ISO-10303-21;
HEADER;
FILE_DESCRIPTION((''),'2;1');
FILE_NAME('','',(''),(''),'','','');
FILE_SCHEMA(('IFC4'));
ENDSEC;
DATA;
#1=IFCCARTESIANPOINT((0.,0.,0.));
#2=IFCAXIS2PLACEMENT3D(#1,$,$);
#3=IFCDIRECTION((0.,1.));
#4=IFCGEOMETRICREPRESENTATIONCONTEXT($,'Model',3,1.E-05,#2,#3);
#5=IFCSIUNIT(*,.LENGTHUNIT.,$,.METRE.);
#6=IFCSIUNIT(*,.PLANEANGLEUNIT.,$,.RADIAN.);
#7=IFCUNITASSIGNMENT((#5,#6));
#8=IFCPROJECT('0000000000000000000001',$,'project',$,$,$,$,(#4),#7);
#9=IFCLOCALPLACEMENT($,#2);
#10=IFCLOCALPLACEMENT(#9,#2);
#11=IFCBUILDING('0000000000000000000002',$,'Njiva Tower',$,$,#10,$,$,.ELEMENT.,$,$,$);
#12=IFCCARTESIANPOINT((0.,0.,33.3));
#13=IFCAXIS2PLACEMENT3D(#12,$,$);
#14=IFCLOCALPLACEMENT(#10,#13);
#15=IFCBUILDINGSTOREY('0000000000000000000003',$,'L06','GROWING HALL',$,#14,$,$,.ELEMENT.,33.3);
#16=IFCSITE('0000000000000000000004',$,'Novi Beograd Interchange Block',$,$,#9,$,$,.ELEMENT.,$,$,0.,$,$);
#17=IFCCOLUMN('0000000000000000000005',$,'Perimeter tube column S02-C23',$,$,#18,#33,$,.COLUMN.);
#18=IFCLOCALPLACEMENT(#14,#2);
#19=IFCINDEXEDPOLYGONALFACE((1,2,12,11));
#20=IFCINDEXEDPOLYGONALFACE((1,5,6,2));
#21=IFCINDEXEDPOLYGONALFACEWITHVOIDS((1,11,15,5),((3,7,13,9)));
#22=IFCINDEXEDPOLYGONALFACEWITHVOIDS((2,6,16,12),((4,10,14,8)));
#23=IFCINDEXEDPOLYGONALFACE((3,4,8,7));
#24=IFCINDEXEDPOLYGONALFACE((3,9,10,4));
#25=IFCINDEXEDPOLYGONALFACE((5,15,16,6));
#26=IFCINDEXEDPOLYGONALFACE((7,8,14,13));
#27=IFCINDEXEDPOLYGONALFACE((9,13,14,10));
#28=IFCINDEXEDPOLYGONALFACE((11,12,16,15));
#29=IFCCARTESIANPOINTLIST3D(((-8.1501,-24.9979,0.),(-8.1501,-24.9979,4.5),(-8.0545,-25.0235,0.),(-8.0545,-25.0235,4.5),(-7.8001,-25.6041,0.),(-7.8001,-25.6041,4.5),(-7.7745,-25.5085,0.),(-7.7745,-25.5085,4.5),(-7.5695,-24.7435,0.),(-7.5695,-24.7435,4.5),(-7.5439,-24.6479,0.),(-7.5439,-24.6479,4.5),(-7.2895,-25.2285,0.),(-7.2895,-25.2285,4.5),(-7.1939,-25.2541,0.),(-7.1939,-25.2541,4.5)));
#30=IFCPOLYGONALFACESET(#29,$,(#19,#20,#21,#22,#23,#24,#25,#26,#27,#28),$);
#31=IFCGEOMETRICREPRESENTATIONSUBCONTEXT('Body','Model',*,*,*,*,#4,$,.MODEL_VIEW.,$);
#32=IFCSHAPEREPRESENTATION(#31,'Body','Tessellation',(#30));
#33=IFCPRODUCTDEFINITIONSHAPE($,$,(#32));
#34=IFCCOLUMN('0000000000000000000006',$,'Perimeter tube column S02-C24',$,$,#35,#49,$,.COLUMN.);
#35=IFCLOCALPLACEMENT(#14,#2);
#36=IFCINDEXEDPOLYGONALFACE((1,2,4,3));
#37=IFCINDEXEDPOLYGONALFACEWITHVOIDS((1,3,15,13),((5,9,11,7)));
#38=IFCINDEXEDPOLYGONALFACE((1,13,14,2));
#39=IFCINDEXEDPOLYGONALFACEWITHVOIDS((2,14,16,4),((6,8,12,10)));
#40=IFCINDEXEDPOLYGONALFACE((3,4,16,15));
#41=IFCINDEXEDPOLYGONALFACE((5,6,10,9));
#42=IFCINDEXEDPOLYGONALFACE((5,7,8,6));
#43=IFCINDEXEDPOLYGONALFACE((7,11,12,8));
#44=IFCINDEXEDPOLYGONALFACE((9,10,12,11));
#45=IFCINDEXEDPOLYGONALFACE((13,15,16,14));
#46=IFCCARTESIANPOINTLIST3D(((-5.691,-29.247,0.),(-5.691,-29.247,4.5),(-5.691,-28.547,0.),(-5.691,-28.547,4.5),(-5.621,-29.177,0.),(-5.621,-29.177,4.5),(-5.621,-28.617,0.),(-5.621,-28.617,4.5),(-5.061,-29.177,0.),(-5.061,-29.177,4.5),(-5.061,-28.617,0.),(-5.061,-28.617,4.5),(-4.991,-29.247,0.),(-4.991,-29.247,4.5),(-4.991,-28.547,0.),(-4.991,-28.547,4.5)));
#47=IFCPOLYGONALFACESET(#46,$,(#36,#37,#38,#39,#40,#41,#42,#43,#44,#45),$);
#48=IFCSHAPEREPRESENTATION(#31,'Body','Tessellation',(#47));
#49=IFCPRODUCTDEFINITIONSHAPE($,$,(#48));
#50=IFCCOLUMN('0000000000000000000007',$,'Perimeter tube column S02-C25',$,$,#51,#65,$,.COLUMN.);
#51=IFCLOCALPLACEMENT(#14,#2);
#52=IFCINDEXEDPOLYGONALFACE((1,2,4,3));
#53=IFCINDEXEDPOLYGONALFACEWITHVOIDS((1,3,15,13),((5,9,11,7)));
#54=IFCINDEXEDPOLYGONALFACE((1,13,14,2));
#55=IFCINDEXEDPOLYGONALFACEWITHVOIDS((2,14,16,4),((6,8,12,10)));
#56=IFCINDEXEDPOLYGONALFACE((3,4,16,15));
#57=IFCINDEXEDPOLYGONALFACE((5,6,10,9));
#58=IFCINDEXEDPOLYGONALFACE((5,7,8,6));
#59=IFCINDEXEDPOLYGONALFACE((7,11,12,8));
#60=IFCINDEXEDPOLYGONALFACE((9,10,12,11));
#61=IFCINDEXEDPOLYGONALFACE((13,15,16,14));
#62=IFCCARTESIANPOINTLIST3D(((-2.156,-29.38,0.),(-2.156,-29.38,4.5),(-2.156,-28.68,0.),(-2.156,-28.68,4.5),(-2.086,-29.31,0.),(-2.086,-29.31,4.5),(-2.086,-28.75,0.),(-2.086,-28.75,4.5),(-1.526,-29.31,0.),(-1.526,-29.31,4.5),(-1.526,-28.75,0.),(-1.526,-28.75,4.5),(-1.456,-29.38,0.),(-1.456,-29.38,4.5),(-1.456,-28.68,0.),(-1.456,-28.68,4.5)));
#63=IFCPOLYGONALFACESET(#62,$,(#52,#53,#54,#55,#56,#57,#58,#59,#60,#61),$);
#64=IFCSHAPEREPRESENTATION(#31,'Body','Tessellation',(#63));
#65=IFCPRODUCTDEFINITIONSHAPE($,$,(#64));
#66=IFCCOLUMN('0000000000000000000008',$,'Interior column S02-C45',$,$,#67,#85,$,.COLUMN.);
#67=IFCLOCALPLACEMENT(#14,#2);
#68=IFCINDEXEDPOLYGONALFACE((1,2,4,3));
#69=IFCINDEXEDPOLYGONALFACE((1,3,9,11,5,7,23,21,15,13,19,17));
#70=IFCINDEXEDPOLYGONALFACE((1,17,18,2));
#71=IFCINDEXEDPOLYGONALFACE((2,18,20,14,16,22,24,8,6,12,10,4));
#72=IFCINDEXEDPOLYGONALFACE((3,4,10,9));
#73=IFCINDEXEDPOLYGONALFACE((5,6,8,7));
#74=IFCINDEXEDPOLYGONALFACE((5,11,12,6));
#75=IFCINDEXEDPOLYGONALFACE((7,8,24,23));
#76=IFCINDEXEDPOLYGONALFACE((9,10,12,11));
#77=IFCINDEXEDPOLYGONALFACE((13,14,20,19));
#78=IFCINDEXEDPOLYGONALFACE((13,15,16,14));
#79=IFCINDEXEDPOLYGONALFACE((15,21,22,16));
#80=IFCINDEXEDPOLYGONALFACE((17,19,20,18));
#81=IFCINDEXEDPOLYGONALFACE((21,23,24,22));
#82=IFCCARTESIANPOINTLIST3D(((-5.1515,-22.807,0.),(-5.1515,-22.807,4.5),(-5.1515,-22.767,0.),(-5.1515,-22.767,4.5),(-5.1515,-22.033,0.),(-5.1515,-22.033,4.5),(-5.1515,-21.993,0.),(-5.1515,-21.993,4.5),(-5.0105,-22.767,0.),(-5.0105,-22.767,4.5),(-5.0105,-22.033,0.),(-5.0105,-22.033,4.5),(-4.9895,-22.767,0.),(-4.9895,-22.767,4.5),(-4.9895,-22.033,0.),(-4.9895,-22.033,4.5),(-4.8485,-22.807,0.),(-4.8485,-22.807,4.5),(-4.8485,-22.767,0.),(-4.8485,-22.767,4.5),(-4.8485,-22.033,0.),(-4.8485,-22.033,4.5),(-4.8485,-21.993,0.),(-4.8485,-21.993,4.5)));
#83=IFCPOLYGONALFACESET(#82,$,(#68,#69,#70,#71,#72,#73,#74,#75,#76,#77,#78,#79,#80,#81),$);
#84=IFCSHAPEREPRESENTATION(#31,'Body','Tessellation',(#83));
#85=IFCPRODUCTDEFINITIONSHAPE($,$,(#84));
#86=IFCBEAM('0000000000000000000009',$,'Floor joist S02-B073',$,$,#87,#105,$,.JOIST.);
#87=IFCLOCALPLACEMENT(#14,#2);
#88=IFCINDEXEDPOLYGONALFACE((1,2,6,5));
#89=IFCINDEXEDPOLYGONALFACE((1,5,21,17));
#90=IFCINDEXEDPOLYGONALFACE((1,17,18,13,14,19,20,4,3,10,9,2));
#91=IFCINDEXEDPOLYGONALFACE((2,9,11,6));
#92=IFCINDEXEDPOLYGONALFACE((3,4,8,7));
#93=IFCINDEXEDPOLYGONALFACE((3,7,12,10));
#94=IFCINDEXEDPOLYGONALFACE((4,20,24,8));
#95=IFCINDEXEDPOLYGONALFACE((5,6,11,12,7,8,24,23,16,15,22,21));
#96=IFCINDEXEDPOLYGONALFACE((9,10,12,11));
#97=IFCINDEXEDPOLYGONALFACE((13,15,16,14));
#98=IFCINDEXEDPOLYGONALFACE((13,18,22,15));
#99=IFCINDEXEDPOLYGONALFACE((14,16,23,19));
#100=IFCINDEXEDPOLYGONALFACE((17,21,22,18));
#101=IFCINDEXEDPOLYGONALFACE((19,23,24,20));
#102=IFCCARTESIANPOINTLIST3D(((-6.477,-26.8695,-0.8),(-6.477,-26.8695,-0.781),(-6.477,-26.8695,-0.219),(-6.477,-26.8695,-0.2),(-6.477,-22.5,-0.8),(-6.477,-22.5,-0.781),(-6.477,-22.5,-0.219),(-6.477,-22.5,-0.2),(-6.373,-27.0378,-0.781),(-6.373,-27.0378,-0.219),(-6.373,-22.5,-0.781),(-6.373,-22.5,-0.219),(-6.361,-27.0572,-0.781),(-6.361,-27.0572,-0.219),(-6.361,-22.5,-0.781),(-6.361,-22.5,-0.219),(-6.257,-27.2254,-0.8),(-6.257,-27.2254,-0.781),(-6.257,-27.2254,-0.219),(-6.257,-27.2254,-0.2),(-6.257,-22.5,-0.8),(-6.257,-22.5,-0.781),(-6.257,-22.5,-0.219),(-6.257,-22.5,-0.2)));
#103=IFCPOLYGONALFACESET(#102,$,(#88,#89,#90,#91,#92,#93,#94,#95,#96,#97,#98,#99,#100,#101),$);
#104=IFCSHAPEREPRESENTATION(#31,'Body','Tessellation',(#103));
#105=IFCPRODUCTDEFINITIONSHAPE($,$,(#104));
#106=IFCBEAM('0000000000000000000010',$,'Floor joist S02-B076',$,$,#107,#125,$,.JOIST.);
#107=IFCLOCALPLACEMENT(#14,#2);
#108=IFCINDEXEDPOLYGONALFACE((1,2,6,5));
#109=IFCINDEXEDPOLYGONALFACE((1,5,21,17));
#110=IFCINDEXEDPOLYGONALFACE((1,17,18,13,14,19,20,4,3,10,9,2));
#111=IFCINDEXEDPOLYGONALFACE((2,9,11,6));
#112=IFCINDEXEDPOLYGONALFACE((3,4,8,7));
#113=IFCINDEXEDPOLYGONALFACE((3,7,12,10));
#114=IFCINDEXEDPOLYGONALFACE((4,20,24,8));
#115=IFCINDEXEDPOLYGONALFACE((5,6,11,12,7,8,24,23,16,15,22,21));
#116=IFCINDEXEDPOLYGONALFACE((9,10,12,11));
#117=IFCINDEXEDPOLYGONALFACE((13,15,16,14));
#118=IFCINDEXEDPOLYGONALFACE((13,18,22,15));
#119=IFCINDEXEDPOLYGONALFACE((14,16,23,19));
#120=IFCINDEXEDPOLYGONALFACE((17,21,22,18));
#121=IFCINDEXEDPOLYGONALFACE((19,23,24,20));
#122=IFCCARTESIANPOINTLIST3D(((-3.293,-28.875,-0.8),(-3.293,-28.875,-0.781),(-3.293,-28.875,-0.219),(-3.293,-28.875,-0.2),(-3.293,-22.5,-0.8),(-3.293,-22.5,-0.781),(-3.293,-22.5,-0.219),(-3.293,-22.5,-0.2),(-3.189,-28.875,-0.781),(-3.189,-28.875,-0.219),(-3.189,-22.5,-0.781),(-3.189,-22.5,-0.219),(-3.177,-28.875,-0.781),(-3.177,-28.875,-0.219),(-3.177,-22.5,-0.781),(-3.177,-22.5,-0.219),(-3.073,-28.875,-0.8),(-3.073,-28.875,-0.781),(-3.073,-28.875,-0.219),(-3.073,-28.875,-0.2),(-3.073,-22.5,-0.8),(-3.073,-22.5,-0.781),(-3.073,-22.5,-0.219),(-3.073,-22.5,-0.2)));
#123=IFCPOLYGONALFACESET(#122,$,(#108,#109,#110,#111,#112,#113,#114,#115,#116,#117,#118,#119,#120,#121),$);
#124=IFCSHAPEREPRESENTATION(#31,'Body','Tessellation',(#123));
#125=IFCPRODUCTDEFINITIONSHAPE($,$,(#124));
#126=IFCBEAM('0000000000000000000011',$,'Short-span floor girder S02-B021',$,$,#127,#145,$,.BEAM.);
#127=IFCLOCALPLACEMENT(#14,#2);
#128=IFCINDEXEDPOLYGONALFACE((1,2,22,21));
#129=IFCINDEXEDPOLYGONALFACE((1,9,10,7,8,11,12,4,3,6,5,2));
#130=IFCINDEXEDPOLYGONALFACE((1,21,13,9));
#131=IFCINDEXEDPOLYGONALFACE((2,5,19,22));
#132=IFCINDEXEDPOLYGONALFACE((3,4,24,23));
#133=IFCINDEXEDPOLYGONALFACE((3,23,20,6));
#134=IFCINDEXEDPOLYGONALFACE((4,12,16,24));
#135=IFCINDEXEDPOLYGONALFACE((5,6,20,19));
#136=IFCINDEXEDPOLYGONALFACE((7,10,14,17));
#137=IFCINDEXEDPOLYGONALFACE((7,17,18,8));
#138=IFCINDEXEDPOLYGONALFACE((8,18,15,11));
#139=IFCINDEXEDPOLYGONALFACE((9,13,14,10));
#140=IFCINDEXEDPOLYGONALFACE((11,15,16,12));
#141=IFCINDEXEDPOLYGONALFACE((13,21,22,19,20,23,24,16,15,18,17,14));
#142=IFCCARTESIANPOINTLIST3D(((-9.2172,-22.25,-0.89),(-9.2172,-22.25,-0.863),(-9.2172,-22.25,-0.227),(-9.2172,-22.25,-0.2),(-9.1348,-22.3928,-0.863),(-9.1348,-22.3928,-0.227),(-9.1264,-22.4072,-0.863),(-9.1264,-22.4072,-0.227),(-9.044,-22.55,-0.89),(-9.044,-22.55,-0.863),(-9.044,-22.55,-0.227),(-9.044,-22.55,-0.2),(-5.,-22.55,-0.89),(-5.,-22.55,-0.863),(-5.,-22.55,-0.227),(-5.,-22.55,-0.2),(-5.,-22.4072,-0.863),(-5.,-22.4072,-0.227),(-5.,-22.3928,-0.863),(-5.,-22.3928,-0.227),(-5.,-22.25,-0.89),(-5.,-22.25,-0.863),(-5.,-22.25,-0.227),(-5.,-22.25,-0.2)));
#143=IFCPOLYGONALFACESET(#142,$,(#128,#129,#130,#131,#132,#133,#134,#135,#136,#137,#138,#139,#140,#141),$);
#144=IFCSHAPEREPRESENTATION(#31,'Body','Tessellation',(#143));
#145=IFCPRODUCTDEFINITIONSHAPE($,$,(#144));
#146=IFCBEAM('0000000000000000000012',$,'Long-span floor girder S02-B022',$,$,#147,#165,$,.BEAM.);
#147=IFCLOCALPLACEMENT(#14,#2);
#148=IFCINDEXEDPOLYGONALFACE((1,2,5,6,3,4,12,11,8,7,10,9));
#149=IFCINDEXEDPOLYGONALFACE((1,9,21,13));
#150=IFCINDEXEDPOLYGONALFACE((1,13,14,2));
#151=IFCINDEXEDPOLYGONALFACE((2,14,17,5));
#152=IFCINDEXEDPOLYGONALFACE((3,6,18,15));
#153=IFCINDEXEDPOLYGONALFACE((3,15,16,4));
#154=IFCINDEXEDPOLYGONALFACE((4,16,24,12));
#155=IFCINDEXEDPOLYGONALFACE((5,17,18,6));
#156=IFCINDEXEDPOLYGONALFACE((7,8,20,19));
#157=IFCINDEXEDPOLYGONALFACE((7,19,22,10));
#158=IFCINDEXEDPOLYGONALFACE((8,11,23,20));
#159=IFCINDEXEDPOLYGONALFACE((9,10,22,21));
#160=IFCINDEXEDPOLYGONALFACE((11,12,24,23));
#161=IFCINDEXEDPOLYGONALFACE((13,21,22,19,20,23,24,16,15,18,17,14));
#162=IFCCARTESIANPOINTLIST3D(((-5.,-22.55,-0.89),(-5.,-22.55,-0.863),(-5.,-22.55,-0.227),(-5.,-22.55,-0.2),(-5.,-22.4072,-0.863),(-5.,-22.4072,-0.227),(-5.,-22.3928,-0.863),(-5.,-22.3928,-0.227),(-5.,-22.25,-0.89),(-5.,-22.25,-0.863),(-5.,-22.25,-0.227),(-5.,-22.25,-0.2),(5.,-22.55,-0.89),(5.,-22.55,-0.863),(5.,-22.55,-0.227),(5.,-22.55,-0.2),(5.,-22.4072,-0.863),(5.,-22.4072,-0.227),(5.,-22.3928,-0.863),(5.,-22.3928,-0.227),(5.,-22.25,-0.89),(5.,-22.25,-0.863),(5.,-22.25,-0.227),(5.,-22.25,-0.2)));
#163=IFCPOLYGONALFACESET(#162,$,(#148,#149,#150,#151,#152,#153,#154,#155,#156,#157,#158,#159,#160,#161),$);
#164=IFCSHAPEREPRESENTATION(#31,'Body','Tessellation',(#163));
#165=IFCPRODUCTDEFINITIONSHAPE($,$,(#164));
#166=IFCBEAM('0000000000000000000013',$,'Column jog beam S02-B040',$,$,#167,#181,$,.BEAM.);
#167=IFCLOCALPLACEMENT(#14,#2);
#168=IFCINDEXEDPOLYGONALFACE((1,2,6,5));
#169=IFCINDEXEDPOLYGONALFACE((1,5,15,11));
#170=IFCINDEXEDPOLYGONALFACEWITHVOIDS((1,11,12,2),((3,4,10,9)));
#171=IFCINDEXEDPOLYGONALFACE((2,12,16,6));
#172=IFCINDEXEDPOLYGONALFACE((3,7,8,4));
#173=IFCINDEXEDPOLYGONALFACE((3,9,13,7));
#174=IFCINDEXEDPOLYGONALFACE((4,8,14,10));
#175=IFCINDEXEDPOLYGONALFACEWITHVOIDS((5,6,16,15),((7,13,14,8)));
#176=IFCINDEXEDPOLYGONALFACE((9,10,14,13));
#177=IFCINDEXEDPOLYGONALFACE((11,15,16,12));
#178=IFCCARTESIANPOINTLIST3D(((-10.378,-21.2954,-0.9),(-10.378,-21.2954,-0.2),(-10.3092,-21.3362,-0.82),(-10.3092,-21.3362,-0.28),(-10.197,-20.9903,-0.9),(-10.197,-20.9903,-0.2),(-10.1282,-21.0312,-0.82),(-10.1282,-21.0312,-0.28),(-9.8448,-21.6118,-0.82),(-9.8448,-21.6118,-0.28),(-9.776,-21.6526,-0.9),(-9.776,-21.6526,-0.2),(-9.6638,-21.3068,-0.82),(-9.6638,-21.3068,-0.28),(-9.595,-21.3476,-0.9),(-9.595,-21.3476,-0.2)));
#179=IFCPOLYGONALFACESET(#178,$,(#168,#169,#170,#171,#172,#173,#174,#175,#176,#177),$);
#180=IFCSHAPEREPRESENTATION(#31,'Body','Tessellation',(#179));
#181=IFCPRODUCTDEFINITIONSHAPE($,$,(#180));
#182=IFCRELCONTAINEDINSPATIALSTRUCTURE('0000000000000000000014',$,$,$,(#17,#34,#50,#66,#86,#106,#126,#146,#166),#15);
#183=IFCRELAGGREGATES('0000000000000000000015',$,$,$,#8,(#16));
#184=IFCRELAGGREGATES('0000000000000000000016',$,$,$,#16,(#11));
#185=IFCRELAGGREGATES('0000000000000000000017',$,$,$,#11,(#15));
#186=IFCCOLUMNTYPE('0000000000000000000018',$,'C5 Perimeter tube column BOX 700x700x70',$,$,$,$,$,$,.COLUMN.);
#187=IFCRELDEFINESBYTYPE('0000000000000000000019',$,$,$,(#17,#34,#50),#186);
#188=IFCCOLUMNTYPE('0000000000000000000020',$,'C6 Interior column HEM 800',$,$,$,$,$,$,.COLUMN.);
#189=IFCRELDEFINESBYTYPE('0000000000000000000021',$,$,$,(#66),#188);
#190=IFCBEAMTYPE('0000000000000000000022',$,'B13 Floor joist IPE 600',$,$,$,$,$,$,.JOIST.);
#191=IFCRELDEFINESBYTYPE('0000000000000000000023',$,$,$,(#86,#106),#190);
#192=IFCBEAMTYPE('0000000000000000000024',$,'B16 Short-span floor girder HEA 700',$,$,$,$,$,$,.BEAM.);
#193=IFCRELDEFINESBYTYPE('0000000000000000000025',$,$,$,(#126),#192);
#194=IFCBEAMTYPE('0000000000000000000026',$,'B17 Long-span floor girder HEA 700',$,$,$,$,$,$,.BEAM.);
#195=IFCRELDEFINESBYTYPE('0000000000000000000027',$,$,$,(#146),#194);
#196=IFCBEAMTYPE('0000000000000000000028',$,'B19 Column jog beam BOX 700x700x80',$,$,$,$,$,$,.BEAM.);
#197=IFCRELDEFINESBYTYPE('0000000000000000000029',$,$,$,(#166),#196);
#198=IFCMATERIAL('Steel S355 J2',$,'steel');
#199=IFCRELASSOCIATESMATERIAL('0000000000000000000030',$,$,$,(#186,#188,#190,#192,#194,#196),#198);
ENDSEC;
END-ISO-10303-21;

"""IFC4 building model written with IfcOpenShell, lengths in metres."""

from ifc_helpers import new_model, si_unit, direction, frame, origin, origin_2d, place, context, subcontext, project, spatial, hollow_rectangle, i_section, extrude, clip, halfspace, material, material_profile, profile_set, type_object, element, save


model = new_model("IFC4")

# Units and contexts
model_context = context("Model", 3, precision=1e-05, world=origin(), true_north=direction((0.0, 1.0)))
body_context = subcontext(model_context, "Body", "Model", "MODEL_VIEW")
ifc_project = project(units=[si_unit("LENGTHUNIT", "METRE"), si_unit("PLANEANGLEUNIT", "RADIAN")], contexts=[model_context])

# Site, building, storey
site_placement = place(None, origin())
site = spatial("IfcSite", under=ifc_project, at=site_placement, Name="Novi Beograd Interchange Block", CompositionType="ELEMENT", RefElevation=0.0)
building_placement = place(site_placement, origin())
building = spatial("IfcBuilding", under=site, at=building_placement, Name="Njiva Tower", CompositionType="ELEMENT")
storey_placement = place(building_placement, frame((0.0, 0.0, 33.3)))
storey = spatial("IfcBuildingStorey", under=building, at=storey_placement, Name="L06", Description="GROWING HALL", CompositionType="ELEMENT", Elevation=33.3)

# Columns
ifc_material_1 = material(Name="Steel S355 J2", Category="steel")
ifc_material_profile_1 = material_profile(ifc_material_1, hollow_rectangle(XDim=0.7, YDim=0.7, WallThickness=0.07, at=origin_2d()), Name="BOX 700x700x70")
ifc_profile_set_1 = profile_set([ifc_material_profile_1], Name="Steel S355 J2")
column_type_1 = type_object("IfcColumnType", Name="C5 Perimeter tube column BOX 700x700x70", PredefinedType="COLUMN", material=ifc_profile_set_1)
for number, where, z_axis, x_axis, name in (
    (1, (-7.672, -25.126, 0.0), (0.0, 0.0, 1.0), (0.5, -0.866025, 0.0), "Perimeter tube column S02-C23"),
    (2, (-5.341, -28.897, 0.0), (0.0, 0.0, 1.0), (1.0, 0.0, 0.0), "Perimeter tube column S02-C24"),
    (3, (-1.806, -29.03, 0.0), (0.0, 0.0, 1.0), (1.0, 0.0, 0.0), "Perimeter tube column S02-C25"),
):
    element("IfcColumn", number, at=place(storey_placement, frame(where, z_axis=z_axis, x_axis=x_axis)), inside=storey, type_object=column_type_1, Name=name, PredefinedType="COLUMN", context=body_context, shape_type="SweptSolid", body=[
        extrude(hollow_rectangle(XDim=0.7, YDim=0.7, WallThickness=0.07, at=origin_2d()), origin(), (0.0, 0.0, 1.0), 4.5),
    ])
ifc_material_profile_2 = material_profile(ifc_material_1, i_section(OverallWidth=0.303, OverallDepth=0.814, WebThickness=0.021, FlangeThickness=0.04, at=origin_2d()), Name="HEM 800")
ifc_profile_set_2 = profile_set([ifc_material_profile_2], Name="Steel S355 J2")
column_type_2 = type_object("IfcColumnType", Name="C6 Interior column HEM 800", PredefinedType="COLUMN", material=ifc_profile_set_2)
column_placement = place(storey_placement, frame((-5.0, -22.4, 0.0), z_axis=(0.0, 0.0, 1.0), x_axis=(1.0, 0.0, 0.0)))
element("IfcColumn", 4, at=column_placement, inside=storey, type_object=column_type_2, Name="Interior column S02-C45", PredefinedType="COLUMN", context=body_context, shape_type="SweptSolid", body=[
    extrude(i_section(OverallWidth=0.303, OverallDepth=0.814, WebThickness=0.021, FlangeThickness=0.04, at=origin_2d()), origin(), (0.0, 0.0, 1.0), 4.5),
])

# Beams
ifc_material_profile_3 = material_profile(ifc_material_1, i_section(OverallWidth=0.22, OverallDepth=0.6, WebThickness=0.012, FlangeThickness=0.019, at=origin_2d()), Name="IPE 600")
ifc_profile_set_3 = profile_set([ifc_material_profile_3], Name="Steel S355 J2")
beam_type_1 = type_object("IfcBeamType", Name="B13 Floor joist IPE 600", PredefinedType="JOIST", material=ifc_profile_set_3)
beam_1_placement = place(storey_placement, frame((-6.367, -22.5, -0.5), z_axis=(0.0, -1.0, 0.0), x_axis=(1.0, 0.0, 0.0)))
element("IfcBeam", 5, at=beam_1_placement, inside=storey, type_object=beam_type_1, Name="Floor joist S02-B073", PredefinedType="JOIST", context=body_context, shape_type="Clipping", body=[
    clip(extrude(i_section(OverallWidth=0.22, OverallDepth=0.6, WebThickness=0.012, FlangeThickness=0.019, at=origin_2d()), origin(), (0.0, 0.0, 1.0), 4.746), halfspace(frame((-0.0422, 0.0, 4.4792), z_axis=(-0.850625, 0.0, 0.525773), x_axis=(0.0, 1.0, 0.0)), False)),
])
beam_2_placement = place(storey_placement, frame((-3.183, -22.5, -0.5), z_axis=(0.0, -1.0, 0.0), x_axis=(1.0, 0.0, 0.0)))
element("IfcBeam", 6, at=beam_2_placement, inside=storey, type_object=beam_type_1, Name="Floor joist S02-B076", PredefinedType="JOIST", context=body_context, shape_type="SweptSolid", body=[
    extrude(i_section(OverallWidth=0.22, OverallDepth=0.6, WebThickness=0.012, FlangeThickness=0.019, at=origin_2d()), origin(), (0.0, 0.0, 1.0), 6.375),
])
ifc_material_profile_4 = material_profile(ifc_material_1, i_section(OverallWidth=0.3, OverallDepth=0.69, WebThickness=0.0145, FlangeThickness=0.027, at=origin_2d()), Name="HEA 700")
ifc_profile_set_4 = profile_set([ifc_material_profile_4], Name="Steel S355 J2")
beam_type_2 = type_object("IfcBeamType", Name="B16 Short-span floor girder HEA 700", PredefinedType="BEAM", material=ifc_profile_set_4)
beam_3_placement = place(storey_placement, frame((-9.238, -22.4, -0.545), z_axis=(1.0, 0.0, 0.0), x_axis=(0.0, 1.0, 0.0)))
element("IfcBeam", 7, at=beam_3_placement, inside=storey, type_object=beam_type_2, Name="Short-span floor girder S02-B021", PredefinedType="BEAM", context=body_context, shape_type="Clipping", body=[
    clip(extrude(i_section(OverallWidth=0.3, OverallDepth=0.69, WebThickness=0.0145, FlangeThickness=0.027, at=origin_2d()), origin(), (0.0, 0.0, 1.0), 4.238), halfspace(frame((-0.025, 0.0, 0.1218), z_axis=(-0.499998, 0.0, -0.866027), x_axis=(0.0, -1.0, 0.0)), False)),
])
ifc_material_profile_5 = material_profile(ifc_material_1, i_section(OverallWidth=0.3, OverallDepth=0.69, WebThickness=0.0145, FlangeThickness=0.027, at=origin_2d()), Name="HEA 700")
ifc_profile_set_5 = profile_set([ifc_material_profile_5], Name="Steel S355 J2")
beam_type_3 = type_object("IfcBeamType", Name="B17 Long-span floor girder HEA 700", PredefinedType="BEAM", material=ifc_profile_set_5)
beam_4_placement = place(storey_placement, frame((-5.0, -22.4, -0.545), z_axis=(1.0, 0.0, 0.0), x_axis=(0.0, 1.0, 0.0)))
element("IfcBeam", 8, at=beam_4_placement, inside=storey, type_object=beam_type_3, Name="Long-span floor girder S02-B022", PredefinedType="BEAM", context=body_context, shape_type="SweptSolid", body=[
    extrude(i_section(OverallWidth=0.3, OverallDepth=0.69, WebThickness=0.0145, FlangeThickness=0.027, at=origin_2d()), origin(), (0.0, 0.0, 1.0), 10.0),
])
ifc_material_profile_6 = material_profile(ifc_material_1, hollow_rectangle(XDim=0.7, YDim=0.7, WallThickness=0.08, at=origin_2d()), Name="BOX 700x700x80")
ifc_profile_set_6 = profile_set([ifc_material_profile_6], Name="Steel S355 J2")
beam_type_4 = type_object("IfcBeamType", Name="B19 Column jog beam BOX 700x700x80", PredefinedType="BEAM", material=ifc_profile_set_6)
beam_5_placement = place(storey_placement, frame((-10.077, -21.474, -0.55), z_axis=(0.510343, 0.859971, 0.0), x_axis=(-0.859971, 0.510343, 0.0)))
element("IfcBeam", 9, at=beam_5_placement, inside=storey, type_object=beam_type_4, Name="Column jog beam S02-B040", PredefinedType="BEAM", context=body_context, shape_type="SweptSolid", body=[
    extrude(hollow_rectangle(XDim=0.7, YDim=0.7, WallThickness=0.08, at=origin_2d()), origin(), (0.0, 0.0, 1.0), 0.3547),
])

save(model, "model.ifc")
